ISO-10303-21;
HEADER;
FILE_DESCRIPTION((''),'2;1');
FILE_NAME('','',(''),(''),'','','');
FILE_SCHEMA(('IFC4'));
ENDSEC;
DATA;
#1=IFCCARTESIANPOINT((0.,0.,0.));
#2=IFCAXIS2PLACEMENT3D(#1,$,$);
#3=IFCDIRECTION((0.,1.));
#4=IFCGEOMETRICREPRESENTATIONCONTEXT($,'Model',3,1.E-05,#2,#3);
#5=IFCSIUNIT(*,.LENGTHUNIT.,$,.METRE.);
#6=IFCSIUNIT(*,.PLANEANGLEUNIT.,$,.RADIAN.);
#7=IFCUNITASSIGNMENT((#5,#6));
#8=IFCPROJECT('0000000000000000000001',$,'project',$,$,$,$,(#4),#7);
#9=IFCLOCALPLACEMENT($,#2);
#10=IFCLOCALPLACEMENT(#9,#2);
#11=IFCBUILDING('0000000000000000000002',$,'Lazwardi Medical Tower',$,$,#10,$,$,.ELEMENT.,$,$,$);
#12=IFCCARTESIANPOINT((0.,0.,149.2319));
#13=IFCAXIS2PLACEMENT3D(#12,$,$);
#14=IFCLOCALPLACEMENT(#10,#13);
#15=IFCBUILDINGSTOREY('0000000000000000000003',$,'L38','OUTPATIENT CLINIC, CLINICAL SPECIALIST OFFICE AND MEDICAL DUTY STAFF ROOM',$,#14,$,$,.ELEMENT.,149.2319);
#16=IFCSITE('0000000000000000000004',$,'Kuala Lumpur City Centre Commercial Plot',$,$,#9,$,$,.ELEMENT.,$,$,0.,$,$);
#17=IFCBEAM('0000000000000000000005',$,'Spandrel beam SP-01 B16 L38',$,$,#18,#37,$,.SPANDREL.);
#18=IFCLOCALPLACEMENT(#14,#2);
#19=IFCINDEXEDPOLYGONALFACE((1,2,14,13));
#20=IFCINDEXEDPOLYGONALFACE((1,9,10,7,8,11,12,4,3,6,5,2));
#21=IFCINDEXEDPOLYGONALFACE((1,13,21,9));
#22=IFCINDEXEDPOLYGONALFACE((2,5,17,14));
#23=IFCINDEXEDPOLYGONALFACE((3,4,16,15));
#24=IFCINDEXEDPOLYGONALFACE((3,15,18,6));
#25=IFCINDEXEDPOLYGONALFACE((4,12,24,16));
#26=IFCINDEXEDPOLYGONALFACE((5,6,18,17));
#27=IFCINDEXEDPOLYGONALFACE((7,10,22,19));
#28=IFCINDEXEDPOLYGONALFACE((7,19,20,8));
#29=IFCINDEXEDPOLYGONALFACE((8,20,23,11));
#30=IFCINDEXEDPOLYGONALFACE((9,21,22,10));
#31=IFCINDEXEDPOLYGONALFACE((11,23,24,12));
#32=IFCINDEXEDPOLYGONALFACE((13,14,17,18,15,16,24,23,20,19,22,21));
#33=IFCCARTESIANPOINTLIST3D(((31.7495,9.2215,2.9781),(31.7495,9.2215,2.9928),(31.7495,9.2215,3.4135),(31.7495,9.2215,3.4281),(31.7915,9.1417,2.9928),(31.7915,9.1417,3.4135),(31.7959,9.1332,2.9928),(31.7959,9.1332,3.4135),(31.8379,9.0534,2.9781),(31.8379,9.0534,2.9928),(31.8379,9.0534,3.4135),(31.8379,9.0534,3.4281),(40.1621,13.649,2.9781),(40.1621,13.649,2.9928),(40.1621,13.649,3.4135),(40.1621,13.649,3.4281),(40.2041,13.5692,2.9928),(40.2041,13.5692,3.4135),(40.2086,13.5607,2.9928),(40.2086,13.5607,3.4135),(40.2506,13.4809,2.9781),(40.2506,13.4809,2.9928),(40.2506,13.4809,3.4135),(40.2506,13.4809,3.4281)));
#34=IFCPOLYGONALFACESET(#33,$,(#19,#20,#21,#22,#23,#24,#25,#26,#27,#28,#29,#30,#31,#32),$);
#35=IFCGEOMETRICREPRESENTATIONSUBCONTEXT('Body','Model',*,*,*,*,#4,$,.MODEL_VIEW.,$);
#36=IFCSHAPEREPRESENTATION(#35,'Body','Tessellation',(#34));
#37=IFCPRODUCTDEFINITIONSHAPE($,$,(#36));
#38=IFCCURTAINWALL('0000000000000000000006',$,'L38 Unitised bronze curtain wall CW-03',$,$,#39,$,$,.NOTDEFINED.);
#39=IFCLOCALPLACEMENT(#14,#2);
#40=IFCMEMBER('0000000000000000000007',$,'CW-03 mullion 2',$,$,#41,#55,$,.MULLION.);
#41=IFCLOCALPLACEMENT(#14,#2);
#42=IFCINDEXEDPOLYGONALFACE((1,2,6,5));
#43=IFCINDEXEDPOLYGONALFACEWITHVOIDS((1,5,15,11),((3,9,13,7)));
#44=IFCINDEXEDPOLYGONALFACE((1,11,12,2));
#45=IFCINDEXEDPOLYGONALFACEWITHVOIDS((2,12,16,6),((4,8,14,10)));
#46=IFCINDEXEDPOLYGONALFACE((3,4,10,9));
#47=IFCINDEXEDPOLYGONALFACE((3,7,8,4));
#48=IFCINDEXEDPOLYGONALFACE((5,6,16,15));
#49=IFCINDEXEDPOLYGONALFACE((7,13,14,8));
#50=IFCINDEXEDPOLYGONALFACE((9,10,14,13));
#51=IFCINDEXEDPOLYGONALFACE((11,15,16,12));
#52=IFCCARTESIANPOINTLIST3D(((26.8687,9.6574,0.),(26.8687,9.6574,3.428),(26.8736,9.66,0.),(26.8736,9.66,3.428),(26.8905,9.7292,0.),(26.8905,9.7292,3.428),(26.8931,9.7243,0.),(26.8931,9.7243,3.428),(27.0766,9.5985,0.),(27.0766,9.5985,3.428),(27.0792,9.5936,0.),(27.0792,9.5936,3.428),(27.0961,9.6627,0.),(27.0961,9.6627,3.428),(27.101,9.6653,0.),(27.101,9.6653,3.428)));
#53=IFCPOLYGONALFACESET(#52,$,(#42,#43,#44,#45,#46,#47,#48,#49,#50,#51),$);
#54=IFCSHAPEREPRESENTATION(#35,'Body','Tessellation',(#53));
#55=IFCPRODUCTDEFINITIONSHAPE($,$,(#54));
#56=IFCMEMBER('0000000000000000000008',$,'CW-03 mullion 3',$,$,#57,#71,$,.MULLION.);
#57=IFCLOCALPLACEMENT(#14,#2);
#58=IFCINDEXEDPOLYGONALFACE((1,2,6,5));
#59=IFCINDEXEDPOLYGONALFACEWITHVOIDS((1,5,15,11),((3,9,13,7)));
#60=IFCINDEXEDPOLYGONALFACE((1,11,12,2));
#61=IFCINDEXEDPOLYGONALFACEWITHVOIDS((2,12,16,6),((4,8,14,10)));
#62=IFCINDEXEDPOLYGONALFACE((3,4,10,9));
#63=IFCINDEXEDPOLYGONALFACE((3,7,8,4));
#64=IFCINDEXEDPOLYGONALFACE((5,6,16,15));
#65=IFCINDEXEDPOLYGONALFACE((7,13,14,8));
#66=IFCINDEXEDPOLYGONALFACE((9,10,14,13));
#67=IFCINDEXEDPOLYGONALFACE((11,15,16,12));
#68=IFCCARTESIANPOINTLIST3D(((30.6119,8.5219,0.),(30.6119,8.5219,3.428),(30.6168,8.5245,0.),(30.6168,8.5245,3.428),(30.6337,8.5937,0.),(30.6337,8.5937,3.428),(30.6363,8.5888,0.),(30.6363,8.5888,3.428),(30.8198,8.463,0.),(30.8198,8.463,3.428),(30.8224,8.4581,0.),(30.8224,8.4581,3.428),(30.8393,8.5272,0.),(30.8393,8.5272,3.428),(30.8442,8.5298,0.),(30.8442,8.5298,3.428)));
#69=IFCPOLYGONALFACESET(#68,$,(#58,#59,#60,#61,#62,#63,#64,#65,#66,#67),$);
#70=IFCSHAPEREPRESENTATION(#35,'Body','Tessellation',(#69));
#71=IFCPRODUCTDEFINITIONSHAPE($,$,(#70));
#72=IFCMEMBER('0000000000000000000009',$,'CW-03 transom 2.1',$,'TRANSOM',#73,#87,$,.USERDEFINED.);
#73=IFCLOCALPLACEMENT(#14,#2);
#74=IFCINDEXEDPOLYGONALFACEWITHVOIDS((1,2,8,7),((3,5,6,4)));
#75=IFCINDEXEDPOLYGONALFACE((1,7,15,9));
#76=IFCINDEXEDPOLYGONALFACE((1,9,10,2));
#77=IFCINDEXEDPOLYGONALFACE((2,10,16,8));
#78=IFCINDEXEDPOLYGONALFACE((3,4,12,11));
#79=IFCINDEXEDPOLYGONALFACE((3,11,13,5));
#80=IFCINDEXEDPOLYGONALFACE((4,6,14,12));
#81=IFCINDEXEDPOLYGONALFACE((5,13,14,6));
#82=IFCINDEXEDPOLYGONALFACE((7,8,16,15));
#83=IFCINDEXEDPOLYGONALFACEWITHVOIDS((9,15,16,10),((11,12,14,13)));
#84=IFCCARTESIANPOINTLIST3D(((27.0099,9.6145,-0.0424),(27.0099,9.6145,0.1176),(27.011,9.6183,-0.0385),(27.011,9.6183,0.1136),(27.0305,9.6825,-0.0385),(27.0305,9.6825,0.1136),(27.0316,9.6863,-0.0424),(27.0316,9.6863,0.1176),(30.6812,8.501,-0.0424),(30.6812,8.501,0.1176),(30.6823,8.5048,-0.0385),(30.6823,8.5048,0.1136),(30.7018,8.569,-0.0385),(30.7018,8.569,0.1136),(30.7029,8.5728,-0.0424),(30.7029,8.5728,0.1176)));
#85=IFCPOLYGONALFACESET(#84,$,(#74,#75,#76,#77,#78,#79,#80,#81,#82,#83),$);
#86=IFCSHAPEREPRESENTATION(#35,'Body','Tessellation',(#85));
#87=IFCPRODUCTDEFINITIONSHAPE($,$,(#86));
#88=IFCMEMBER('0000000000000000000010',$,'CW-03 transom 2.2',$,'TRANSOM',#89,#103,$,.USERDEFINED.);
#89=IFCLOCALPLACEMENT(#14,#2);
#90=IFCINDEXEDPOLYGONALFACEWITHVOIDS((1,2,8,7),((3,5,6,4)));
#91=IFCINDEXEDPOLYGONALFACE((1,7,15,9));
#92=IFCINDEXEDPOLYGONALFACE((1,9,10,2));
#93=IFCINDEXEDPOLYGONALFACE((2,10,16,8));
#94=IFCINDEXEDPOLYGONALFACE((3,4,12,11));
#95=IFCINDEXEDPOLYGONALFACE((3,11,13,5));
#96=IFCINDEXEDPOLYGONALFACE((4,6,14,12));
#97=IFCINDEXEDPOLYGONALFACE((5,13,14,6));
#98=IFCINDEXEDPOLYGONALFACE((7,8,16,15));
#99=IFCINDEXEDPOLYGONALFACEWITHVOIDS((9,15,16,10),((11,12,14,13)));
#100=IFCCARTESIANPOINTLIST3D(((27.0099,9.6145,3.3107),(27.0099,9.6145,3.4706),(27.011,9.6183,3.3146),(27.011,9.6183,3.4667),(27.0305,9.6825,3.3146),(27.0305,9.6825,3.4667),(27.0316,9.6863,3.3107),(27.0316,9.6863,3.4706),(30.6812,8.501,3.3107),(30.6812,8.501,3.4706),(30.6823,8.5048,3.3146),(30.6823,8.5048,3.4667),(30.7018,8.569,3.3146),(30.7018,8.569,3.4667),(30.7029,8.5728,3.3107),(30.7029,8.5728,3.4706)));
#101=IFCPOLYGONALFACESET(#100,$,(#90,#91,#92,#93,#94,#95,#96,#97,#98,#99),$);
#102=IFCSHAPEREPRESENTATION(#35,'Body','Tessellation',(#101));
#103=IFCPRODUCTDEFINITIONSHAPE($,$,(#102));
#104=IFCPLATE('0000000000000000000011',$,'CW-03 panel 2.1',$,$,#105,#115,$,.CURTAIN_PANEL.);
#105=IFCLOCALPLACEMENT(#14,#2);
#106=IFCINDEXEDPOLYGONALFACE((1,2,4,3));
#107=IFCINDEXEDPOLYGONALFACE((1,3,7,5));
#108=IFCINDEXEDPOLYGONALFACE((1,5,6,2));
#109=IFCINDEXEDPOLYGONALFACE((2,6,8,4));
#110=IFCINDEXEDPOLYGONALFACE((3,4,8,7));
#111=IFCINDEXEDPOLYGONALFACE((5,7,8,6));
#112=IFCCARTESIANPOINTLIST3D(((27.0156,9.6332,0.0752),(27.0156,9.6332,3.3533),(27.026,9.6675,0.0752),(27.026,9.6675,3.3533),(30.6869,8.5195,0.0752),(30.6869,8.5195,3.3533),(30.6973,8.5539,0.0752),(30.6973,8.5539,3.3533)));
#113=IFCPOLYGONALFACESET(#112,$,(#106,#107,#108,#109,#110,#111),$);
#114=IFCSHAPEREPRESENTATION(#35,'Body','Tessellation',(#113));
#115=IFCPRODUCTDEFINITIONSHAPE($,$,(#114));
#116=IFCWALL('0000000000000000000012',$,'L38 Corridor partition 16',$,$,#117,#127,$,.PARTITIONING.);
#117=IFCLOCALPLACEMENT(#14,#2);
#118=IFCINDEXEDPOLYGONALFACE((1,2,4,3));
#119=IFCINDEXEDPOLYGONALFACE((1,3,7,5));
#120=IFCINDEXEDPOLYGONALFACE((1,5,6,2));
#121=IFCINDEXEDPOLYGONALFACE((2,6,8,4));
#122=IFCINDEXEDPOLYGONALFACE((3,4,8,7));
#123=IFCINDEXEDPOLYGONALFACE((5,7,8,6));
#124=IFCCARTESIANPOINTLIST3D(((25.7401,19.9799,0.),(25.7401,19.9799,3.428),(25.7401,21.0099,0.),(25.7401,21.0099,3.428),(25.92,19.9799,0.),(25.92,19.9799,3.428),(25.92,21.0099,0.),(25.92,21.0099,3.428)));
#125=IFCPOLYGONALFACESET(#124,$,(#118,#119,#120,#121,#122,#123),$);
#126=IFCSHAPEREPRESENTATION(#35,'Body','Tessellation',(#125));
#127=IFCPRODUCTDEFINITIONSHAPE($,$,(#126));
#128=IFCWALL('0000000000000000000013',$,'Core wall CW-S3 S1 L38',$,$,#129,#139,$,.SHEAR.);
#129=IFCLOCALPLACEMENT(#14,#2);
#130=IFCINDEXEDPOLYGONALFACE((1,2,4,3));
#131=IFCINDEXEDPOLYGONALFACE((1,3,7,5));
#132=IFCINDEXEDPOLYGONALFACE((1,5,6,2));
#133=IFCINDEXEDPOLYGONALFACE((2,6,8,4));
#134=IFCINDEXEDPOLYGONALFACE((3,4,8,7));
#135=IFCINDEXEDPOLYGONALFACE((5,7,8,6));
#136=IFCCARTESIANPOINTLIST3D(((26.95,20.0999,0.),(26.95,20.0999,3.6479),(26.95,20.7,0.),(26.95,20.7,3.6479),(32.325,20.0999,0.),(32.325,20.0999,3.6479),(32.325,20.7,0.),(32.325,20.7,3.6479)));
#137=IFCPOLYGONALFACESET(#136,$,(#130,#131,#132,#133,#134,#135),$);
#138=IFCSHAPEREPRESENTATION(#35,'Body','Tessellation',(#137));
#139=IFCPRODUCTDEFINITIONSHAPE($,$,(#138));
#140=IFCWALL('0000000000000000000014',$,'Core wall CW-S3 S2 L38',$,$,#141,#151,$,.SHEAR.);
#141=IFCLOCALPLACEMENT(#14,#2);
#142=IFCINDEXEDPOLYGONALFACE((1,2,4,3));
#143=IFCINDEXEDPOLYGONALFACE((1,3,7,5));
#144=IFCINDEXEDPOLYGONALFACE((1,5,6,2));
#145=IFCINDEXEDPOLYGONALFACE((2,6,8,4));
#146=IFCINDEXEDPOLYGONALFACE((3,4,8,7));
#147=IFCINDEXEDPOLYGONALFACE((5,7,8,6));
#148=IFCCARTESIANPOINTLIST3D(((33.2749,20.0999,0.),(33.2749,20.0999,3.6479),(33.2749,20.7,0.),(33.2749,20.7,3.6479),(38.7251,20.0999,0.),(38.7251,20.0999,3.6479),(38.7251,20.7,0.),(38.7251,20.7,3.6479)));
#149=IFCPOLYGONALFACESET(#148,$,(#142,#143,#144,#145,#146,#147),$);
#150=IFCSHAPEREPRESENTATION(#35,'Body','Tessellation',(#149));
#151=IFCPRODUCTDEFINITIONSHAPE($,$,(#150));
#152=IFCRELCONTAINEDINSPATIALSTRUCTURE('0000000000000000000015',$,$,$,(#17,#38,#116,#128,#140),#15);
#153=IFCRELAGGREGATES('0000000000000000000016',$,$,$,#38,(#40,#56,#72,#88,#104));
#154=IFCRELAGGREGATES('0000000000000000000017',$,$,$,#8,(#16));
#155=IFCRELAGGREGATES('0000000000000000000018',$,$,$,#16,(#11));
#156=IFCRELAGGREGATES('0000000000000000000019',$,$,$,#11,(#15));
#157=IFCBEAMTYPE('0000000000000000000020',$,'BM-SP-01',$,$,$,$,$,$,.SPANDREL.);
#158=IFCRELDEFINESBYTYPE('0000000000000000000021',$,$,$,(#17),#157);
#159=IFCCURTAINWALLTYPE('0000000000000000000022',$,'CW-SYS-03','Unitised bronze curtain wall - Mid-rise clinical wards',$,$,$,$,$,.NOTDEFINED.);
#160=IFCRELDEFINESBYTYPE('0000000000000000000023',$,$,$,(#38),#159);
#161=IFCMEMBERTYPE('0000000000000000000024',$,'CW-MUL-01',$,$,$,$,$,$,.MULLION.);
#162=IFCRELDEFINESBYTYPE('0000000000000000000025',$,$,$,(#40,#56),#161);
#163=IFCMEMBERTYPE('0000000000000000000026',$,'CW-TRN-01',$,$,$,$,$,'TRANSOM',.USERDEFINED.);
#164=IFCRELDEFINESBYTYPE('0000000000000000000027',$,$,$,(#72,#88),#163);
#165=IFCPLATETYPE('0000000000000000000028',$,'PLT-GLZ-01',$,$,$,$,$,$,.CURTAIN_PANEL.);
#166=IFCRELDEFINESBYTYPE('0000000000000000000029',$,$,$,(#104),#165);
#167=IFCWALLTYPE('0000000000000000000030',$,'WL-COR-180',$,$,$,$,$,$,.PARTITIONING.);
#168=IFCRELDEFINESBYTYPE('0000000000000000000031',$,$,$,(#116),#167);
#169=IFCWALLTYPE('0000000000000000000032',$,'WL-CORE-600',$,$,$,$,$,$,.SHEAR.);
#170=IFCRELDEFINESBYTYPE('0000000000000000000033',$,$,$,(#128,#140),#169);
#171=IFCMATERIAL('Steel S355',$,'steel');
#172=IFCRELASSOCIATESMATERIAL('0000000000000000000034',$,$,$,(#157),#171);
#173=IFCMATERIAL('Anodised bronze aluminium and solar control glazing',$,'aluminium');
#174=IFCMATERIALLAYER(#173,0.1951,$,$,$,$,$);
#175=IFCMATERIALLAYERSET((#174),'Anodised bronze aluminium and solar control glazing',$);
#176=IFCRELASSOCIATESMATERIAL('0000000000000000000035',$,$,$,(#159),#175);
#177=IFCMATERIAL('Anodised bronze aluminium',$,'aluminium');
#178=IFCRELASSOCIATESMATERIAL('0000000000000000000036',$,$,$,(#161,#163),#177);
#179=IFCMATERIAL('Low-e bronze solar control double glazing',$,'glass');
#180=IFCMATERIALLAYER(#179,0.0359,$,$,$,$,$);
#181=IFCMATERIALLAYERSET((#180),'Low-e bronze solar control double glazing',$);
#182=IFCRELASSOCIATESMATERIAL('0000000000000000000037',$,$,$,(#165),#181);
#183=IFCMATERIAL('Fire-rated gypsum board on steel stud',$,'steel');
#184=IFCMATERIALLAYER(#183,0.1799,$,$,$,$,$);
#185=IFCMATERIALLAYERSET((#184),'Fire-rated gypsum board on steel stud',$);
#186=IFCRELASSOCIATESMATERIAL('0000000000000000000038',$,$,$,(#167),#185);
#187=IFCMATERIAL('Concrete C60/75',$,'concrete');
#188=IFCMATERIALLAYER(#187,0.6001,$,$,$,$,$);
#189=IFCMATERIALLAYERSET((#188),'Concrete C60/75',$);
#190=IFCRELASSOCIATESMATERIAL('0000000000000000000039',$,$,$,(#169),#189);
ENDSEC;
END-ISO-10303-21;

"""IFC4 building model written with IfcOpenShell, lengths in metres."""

from ifc_helpers import new_model, si_unit, direction, frame, frame_2d, origin, origin_2d, place, context, subcontext, project, spatial, rectangle, hollow_rectangle, i_section, extrude, material, layer, layer_set, material_profile, profile_set, type_object, element, aggregate, save


model = new_model("IFC4")

# Units and contexts
model_context = context("Model", 3, precision=1e-05, world=origin(), true_north=direction((0.0, 1.0)))
body_context = subcontext(model_context, "Body", "Model", "MODEL_VIEW")
ifc_project = project(units=[si_unit("LENGTHUNIT", "METRE"), si_unit("PLANEANGLEUNIT", "RADIAN")], contexts=[model_context])

# Site, building, storey
site_placement = place(None, origin())
site = spatial("IfcSite", under=ifc_project, at=site_placement, Name="Kuala Lumpur City Centre Commercial Plot", CompositionType="ELEMENT", RefElevation=0.0)
building_placement = place(site_placement, origin())
building = spatial("IfcBuilding", under=site, at=building_placement, Name="Lazwardi Medical Tower", CompositionType="ELEMENT")
storey_placement = place(building_placement, frame((0.0, 0.0, 149.2319)))
storey = spatial("IfcBuildingStorey", under=building, at=storey_placement, Name="L38", Description="OUTPATIENT CLINIC, CLINICAL SPECIALIST OFFICE AND MEDICAL DUTY STAFF ROOM", CompositionType="ELEMENT", Elevation=149.2319)

# Shared definitions
ifc_material_1 = material(Name="Concrete C60/75", Category="concrete")

# Beam
ifc_material_2 = material(Name="Steel S355", Category="steel")
ifc_material_profile_1 = material_profile(ifc_material_2, i_section(OverallWidth=0.1899, OverallDepth=0.45, WebThickness=0.0095, FlangeThickness=0.0146, at=origin_2d()), Name="IPE 450")
ifc_profile_set_1 = profile_set([ifc_material_profile_1], Name="Steel S355")
beam_type_1 = type_object("IfcBeamType", Name="BM-SP-01", PredefinedType="SPANDREL", material=ifc_profile_set_1)
beam_1_placement = place(storey_placement, frame((31.7937, 9.1375, 3.2031), z_axis=(0.884927, 0.465731, 0.0), x_axis=(-0.465731, 0.884927, 0.0)))
element("IfcBeam", 1, at=beam_1_placement, inside=storey, type_object=beam_type_1, Name="Spandrel beam SP-01 B16 L38", PredefinedType="SPANDREL", context=body_context, shape_type="SweptSolid", body=[
    extrude(i_section(OverallWidth=0.1899, OverallDepth=0.45, WebThickness=0.0095, FlangeThickness=0.0146, at=origin_2d()), origin(), (0.0, 0.0, 1.0), 9.5066),
])

# Curtain wall, members, plate
ifc_material_3 = material(Name="Anodised bronze aluminium and solar control glazing", Category="aluminium")
ifc_layer_1 = layer(ifc_material_3, 0.1951)
ifc_layer_set_1 = layer_set([ifc_layer_1], Name="Anodised bronze aluminium and solar control glazing")
curtain_wall_type = type_object("IfcCurtainWallType", Name="CW-SYS-03", Description="Unitised bronze curtain wall - Mid-rise clinical wards", PredefinedType="NOTDEFINED", material=ifc_layer_set_1)
curtain_wall_placement = place(storey_placement, origin())
curtain_wall = element("IfcCurtainWall", 2, at=curtain_wall_placement, inside=storey, type_object=curtain_wall_type, Name="L38 Unitised bronze curtain wall CW-03", PredefinedType="NOTDEFINED")
ifc_material_4 = material(Name="Anodised bronze aluminium", Category="aluminium")
ifc_material_profile_2 = material_profile(ifc_material_4, hollow_rectangle(XDim=0.075, YDim=0.22, WallThickness=0.0039, at=origin_2d()), Name="ALU-MULLION 220x75x4")
ifc_profile_set_2 = profile_set([ifc_material_profile_2], Name="Anodised bronze aluminium")
member_type_1 = type_object("IfcMemberType", Name="CW-MUL-01", PredefinedType="MULLION", material=ifc_profile_set_2)
member_1_placement = place(storey_placement, frame((26.9849, 9.6614, 0.0), z_axis=(0.0, 0.0, 1.0), x_axis=(0.290281, 0.956942, 0.0)))
member_1 = element("IfcMember", 3, at=member_1_placement, type_object=member_type_1, Name="CW-03 mullion 2", PredefinedType="MULLION", context=body_context, shape_type="SweptSolid", body=[
    extrude(hollow_rectangle(XDim=0.075, YDim=0.22, WallThickness=0.0039, at=origin_2d()), origin(), (0.0, 0.0, 1.0), 3.428),
])
member_2_placement = place(storey_placement, frame((30.728, 8.5259, 0.0), z_axis=(0.0, 0.0, 1.0), x_axis=(0.290281, 0.956942, 0.0)))
member_2 = element("IfcMember", 4, at=member_2_placement, type_object=member_type_1, Name="CW-03 mullion 3", PredefinedType="MULLION", context=body_context, shape_type="SweptSolid", body=[
    extrude(hollow_rectangle(XDim=0.075, YDim=0.22, WallThickness=0.0039, at=origin_2d()), origin(), (0.0, 0.0, 1.0), 3.428),
])
ifc_material_profile_3 = material_profile(ifc_material_4, hollow_rectangle(XDim=0.075, YDim=0.1599, WallThickness=0.0039, at=origin_2d()), Name="ALU-TRANSOM 160x75x4")
ifc_profile_set_3 = profile_set([ifc_material_profile_3], Name="Anodised bronze aluminium")
member_type_2 = type_object("IfcMemberType", Name="CW-TRN-01", ElementType="TRANSOM", PredefinedType="USERDEFINED", material=ifc_profile_set_3)
member_3_placement = place(storey_placement, frame((27.0208, 9.6504, 0.0376), z_axis=(0.956953, -0.290242, 0.0), x_axis=(0.290242, 0.956953, 0.0)))
member_3 = element("IfcMember", 5, at=member_3_placement, type_object=member_type_2, Name="CW-03 transom 2.1", ObjectType="TRANSOM", PredefinedType="USERDEFINED", context=body_context, shape_type="SweptSolid", body=[
    extrude(hollow_rectangle(XDim=0.075, YDim=0.1599, WallThickness=0.0039, at=origin_2d()), origin(), (0.0, 0.0, 1.0), 3.8364),
])
member_4_placement = place(storey_placement, frame((27.0208, 9.6504, 3.3906), z_axis=(0.956953, -0.290242, 0.0), x_axis=(0.290242, 0.956953, 0.0)))
member_4 = element("IfcMember", 6, at=member_4_placement, type_object=member_type_2, Name="CW-03 transom 2.2", ObjectType="TRANSOM", PredefinedType="USERDEFINED", context=body_context, shape_type="SweptSolid", body=[
    extrude(hollow_rectangle(XDim=0.075, YDim=0.1599, WallThickness=0.0039, at=origin_2d()), origin(), (0.0, 0.0, 1.0), 3.8364),
])
ifc_material_5 = material(Name="Low-e bronze solar control double glazing", Category="glass")
ifc_layer_2 = layer(ifc_material_5, 0.0359)
ifc_layer_set_2 = layer_set([ifc_layer_2], Name="Low-e bronze solar control double glazing")
plate_type = type_object("IfcPlateType", Name="PLT-GLZ-01", PredefinedType="CURTAIN_PANEL", material=ifc_layer_set_2)
plate_placement = place(storey_placement, frame((28.8564, 9.0935, 0.0752), z_axis=(0.0, 0.0, 1.0), x_axis=(0.956942, -0.290281, 0.0)))
plate = element("IfcPlate", 7, at=plate_placement, type_object=plate_type, Name="CW-03 panel 2.1", PredefinedType="CURTAIN_PANEL", context=body_context, shape_type="SweptSolid", body=[
    extrude(rectangle(XDim=3.8364, YDim=0.0359, at=origin_2d()), origin(), (0.0, 0.0, 1.0), 3.2781),
])
aggregate(curtain_wall, [member_1, member_2, member_3, member_4, plate])

# Wall
ifc_material_6 = material(Name="Fire-rated gypsum board on steel stud", Category="steel")
ifc_layer_3 = layer(ifc_material_6, 0.1799)
ifc_layer_set_3 = layer_set([ifc_layer_3], Name="Fire-rated gypsum board on steel stud")
wall_type_1 = type_object("IfcWallType", Name="WL-COR-180", PredefinedType="PARTITIONING", material=ifc_layer_set_3)
wall_1_placement = place(storey_placement, frame((25.8301, 21.01, 0.0), z_axis=(0.0, 0.0, 1.0), x_axis=(0.0, -1.0, 0.0)))
element("IfcWall", 8, at=wall_1_placement, inside=storey, type_object=wall_type_1, Name="L38 Corridor partition 16", PredefinedType="PARTITIONING", context=body_context, shape_type="SweptSolid", body=[
    extrude(rectangle(XDim=1.03, YDim=0.1799, at=frame_2d((0.5151, 0.0))), origin(), (0.0, 0.0, 1.0), 3.428),
])

# Shared definitions
ifc_layer_4 = layer(ifc_material_1, 0.6001)
ifc_layer_set_4 = layer_set([ifc_layer_4], Name="Concrete C60/75")
wall_type_2 = type_object("IfcWallType", Name="WL-CORE-600", PredefinedType="SHEAR", material=ifc_layer_set_4)

# Walls
wall_2_placement = place(storey_placement, frame((26.95, 20.3999, 0.0), z_axis=(0.0, 0.0, 1.0), x_axis=(1.0, 0.0, 0.0)))
element("IfcWall", 9, at=wall_2_placement, inside=storey, type_object=wall_type_2, Name="Core wall CW-S3 S1 L38", PredefinedType="SHEAR", context=body_context, shape_type="SweptSolid", body=[
    extrude(rectangle(XDim=5.375, YDim=0.6001, at=frame_2d((2.6875, 0.0))), origin(), (0.0, 0.0, 1.0), 3.6479),
])
wall_3_placement = place(storey_placement, frame((33.2749, 20.3999, 0.0), z_axis=(0.0, 0.0, 1.0), x_axis=(1.0, 0.0, 0.0)))
element("IfcWall", 10, at=wall_3_placement, inside=storey, type_object=wall_type_2, Name="Core wall CW-S3 S2 L38", PredefinedType="SHEAR", context=body_context, shape_type="SweptSolid", body=[
    extrude(rectangle(XDim=5.4502, YDim=0.6001, at=frame_2d((2.7251, 0.0))), origin(), (0.0, 0.0, 1.0), 3.6479),
])

save(model, "model.ifc")
